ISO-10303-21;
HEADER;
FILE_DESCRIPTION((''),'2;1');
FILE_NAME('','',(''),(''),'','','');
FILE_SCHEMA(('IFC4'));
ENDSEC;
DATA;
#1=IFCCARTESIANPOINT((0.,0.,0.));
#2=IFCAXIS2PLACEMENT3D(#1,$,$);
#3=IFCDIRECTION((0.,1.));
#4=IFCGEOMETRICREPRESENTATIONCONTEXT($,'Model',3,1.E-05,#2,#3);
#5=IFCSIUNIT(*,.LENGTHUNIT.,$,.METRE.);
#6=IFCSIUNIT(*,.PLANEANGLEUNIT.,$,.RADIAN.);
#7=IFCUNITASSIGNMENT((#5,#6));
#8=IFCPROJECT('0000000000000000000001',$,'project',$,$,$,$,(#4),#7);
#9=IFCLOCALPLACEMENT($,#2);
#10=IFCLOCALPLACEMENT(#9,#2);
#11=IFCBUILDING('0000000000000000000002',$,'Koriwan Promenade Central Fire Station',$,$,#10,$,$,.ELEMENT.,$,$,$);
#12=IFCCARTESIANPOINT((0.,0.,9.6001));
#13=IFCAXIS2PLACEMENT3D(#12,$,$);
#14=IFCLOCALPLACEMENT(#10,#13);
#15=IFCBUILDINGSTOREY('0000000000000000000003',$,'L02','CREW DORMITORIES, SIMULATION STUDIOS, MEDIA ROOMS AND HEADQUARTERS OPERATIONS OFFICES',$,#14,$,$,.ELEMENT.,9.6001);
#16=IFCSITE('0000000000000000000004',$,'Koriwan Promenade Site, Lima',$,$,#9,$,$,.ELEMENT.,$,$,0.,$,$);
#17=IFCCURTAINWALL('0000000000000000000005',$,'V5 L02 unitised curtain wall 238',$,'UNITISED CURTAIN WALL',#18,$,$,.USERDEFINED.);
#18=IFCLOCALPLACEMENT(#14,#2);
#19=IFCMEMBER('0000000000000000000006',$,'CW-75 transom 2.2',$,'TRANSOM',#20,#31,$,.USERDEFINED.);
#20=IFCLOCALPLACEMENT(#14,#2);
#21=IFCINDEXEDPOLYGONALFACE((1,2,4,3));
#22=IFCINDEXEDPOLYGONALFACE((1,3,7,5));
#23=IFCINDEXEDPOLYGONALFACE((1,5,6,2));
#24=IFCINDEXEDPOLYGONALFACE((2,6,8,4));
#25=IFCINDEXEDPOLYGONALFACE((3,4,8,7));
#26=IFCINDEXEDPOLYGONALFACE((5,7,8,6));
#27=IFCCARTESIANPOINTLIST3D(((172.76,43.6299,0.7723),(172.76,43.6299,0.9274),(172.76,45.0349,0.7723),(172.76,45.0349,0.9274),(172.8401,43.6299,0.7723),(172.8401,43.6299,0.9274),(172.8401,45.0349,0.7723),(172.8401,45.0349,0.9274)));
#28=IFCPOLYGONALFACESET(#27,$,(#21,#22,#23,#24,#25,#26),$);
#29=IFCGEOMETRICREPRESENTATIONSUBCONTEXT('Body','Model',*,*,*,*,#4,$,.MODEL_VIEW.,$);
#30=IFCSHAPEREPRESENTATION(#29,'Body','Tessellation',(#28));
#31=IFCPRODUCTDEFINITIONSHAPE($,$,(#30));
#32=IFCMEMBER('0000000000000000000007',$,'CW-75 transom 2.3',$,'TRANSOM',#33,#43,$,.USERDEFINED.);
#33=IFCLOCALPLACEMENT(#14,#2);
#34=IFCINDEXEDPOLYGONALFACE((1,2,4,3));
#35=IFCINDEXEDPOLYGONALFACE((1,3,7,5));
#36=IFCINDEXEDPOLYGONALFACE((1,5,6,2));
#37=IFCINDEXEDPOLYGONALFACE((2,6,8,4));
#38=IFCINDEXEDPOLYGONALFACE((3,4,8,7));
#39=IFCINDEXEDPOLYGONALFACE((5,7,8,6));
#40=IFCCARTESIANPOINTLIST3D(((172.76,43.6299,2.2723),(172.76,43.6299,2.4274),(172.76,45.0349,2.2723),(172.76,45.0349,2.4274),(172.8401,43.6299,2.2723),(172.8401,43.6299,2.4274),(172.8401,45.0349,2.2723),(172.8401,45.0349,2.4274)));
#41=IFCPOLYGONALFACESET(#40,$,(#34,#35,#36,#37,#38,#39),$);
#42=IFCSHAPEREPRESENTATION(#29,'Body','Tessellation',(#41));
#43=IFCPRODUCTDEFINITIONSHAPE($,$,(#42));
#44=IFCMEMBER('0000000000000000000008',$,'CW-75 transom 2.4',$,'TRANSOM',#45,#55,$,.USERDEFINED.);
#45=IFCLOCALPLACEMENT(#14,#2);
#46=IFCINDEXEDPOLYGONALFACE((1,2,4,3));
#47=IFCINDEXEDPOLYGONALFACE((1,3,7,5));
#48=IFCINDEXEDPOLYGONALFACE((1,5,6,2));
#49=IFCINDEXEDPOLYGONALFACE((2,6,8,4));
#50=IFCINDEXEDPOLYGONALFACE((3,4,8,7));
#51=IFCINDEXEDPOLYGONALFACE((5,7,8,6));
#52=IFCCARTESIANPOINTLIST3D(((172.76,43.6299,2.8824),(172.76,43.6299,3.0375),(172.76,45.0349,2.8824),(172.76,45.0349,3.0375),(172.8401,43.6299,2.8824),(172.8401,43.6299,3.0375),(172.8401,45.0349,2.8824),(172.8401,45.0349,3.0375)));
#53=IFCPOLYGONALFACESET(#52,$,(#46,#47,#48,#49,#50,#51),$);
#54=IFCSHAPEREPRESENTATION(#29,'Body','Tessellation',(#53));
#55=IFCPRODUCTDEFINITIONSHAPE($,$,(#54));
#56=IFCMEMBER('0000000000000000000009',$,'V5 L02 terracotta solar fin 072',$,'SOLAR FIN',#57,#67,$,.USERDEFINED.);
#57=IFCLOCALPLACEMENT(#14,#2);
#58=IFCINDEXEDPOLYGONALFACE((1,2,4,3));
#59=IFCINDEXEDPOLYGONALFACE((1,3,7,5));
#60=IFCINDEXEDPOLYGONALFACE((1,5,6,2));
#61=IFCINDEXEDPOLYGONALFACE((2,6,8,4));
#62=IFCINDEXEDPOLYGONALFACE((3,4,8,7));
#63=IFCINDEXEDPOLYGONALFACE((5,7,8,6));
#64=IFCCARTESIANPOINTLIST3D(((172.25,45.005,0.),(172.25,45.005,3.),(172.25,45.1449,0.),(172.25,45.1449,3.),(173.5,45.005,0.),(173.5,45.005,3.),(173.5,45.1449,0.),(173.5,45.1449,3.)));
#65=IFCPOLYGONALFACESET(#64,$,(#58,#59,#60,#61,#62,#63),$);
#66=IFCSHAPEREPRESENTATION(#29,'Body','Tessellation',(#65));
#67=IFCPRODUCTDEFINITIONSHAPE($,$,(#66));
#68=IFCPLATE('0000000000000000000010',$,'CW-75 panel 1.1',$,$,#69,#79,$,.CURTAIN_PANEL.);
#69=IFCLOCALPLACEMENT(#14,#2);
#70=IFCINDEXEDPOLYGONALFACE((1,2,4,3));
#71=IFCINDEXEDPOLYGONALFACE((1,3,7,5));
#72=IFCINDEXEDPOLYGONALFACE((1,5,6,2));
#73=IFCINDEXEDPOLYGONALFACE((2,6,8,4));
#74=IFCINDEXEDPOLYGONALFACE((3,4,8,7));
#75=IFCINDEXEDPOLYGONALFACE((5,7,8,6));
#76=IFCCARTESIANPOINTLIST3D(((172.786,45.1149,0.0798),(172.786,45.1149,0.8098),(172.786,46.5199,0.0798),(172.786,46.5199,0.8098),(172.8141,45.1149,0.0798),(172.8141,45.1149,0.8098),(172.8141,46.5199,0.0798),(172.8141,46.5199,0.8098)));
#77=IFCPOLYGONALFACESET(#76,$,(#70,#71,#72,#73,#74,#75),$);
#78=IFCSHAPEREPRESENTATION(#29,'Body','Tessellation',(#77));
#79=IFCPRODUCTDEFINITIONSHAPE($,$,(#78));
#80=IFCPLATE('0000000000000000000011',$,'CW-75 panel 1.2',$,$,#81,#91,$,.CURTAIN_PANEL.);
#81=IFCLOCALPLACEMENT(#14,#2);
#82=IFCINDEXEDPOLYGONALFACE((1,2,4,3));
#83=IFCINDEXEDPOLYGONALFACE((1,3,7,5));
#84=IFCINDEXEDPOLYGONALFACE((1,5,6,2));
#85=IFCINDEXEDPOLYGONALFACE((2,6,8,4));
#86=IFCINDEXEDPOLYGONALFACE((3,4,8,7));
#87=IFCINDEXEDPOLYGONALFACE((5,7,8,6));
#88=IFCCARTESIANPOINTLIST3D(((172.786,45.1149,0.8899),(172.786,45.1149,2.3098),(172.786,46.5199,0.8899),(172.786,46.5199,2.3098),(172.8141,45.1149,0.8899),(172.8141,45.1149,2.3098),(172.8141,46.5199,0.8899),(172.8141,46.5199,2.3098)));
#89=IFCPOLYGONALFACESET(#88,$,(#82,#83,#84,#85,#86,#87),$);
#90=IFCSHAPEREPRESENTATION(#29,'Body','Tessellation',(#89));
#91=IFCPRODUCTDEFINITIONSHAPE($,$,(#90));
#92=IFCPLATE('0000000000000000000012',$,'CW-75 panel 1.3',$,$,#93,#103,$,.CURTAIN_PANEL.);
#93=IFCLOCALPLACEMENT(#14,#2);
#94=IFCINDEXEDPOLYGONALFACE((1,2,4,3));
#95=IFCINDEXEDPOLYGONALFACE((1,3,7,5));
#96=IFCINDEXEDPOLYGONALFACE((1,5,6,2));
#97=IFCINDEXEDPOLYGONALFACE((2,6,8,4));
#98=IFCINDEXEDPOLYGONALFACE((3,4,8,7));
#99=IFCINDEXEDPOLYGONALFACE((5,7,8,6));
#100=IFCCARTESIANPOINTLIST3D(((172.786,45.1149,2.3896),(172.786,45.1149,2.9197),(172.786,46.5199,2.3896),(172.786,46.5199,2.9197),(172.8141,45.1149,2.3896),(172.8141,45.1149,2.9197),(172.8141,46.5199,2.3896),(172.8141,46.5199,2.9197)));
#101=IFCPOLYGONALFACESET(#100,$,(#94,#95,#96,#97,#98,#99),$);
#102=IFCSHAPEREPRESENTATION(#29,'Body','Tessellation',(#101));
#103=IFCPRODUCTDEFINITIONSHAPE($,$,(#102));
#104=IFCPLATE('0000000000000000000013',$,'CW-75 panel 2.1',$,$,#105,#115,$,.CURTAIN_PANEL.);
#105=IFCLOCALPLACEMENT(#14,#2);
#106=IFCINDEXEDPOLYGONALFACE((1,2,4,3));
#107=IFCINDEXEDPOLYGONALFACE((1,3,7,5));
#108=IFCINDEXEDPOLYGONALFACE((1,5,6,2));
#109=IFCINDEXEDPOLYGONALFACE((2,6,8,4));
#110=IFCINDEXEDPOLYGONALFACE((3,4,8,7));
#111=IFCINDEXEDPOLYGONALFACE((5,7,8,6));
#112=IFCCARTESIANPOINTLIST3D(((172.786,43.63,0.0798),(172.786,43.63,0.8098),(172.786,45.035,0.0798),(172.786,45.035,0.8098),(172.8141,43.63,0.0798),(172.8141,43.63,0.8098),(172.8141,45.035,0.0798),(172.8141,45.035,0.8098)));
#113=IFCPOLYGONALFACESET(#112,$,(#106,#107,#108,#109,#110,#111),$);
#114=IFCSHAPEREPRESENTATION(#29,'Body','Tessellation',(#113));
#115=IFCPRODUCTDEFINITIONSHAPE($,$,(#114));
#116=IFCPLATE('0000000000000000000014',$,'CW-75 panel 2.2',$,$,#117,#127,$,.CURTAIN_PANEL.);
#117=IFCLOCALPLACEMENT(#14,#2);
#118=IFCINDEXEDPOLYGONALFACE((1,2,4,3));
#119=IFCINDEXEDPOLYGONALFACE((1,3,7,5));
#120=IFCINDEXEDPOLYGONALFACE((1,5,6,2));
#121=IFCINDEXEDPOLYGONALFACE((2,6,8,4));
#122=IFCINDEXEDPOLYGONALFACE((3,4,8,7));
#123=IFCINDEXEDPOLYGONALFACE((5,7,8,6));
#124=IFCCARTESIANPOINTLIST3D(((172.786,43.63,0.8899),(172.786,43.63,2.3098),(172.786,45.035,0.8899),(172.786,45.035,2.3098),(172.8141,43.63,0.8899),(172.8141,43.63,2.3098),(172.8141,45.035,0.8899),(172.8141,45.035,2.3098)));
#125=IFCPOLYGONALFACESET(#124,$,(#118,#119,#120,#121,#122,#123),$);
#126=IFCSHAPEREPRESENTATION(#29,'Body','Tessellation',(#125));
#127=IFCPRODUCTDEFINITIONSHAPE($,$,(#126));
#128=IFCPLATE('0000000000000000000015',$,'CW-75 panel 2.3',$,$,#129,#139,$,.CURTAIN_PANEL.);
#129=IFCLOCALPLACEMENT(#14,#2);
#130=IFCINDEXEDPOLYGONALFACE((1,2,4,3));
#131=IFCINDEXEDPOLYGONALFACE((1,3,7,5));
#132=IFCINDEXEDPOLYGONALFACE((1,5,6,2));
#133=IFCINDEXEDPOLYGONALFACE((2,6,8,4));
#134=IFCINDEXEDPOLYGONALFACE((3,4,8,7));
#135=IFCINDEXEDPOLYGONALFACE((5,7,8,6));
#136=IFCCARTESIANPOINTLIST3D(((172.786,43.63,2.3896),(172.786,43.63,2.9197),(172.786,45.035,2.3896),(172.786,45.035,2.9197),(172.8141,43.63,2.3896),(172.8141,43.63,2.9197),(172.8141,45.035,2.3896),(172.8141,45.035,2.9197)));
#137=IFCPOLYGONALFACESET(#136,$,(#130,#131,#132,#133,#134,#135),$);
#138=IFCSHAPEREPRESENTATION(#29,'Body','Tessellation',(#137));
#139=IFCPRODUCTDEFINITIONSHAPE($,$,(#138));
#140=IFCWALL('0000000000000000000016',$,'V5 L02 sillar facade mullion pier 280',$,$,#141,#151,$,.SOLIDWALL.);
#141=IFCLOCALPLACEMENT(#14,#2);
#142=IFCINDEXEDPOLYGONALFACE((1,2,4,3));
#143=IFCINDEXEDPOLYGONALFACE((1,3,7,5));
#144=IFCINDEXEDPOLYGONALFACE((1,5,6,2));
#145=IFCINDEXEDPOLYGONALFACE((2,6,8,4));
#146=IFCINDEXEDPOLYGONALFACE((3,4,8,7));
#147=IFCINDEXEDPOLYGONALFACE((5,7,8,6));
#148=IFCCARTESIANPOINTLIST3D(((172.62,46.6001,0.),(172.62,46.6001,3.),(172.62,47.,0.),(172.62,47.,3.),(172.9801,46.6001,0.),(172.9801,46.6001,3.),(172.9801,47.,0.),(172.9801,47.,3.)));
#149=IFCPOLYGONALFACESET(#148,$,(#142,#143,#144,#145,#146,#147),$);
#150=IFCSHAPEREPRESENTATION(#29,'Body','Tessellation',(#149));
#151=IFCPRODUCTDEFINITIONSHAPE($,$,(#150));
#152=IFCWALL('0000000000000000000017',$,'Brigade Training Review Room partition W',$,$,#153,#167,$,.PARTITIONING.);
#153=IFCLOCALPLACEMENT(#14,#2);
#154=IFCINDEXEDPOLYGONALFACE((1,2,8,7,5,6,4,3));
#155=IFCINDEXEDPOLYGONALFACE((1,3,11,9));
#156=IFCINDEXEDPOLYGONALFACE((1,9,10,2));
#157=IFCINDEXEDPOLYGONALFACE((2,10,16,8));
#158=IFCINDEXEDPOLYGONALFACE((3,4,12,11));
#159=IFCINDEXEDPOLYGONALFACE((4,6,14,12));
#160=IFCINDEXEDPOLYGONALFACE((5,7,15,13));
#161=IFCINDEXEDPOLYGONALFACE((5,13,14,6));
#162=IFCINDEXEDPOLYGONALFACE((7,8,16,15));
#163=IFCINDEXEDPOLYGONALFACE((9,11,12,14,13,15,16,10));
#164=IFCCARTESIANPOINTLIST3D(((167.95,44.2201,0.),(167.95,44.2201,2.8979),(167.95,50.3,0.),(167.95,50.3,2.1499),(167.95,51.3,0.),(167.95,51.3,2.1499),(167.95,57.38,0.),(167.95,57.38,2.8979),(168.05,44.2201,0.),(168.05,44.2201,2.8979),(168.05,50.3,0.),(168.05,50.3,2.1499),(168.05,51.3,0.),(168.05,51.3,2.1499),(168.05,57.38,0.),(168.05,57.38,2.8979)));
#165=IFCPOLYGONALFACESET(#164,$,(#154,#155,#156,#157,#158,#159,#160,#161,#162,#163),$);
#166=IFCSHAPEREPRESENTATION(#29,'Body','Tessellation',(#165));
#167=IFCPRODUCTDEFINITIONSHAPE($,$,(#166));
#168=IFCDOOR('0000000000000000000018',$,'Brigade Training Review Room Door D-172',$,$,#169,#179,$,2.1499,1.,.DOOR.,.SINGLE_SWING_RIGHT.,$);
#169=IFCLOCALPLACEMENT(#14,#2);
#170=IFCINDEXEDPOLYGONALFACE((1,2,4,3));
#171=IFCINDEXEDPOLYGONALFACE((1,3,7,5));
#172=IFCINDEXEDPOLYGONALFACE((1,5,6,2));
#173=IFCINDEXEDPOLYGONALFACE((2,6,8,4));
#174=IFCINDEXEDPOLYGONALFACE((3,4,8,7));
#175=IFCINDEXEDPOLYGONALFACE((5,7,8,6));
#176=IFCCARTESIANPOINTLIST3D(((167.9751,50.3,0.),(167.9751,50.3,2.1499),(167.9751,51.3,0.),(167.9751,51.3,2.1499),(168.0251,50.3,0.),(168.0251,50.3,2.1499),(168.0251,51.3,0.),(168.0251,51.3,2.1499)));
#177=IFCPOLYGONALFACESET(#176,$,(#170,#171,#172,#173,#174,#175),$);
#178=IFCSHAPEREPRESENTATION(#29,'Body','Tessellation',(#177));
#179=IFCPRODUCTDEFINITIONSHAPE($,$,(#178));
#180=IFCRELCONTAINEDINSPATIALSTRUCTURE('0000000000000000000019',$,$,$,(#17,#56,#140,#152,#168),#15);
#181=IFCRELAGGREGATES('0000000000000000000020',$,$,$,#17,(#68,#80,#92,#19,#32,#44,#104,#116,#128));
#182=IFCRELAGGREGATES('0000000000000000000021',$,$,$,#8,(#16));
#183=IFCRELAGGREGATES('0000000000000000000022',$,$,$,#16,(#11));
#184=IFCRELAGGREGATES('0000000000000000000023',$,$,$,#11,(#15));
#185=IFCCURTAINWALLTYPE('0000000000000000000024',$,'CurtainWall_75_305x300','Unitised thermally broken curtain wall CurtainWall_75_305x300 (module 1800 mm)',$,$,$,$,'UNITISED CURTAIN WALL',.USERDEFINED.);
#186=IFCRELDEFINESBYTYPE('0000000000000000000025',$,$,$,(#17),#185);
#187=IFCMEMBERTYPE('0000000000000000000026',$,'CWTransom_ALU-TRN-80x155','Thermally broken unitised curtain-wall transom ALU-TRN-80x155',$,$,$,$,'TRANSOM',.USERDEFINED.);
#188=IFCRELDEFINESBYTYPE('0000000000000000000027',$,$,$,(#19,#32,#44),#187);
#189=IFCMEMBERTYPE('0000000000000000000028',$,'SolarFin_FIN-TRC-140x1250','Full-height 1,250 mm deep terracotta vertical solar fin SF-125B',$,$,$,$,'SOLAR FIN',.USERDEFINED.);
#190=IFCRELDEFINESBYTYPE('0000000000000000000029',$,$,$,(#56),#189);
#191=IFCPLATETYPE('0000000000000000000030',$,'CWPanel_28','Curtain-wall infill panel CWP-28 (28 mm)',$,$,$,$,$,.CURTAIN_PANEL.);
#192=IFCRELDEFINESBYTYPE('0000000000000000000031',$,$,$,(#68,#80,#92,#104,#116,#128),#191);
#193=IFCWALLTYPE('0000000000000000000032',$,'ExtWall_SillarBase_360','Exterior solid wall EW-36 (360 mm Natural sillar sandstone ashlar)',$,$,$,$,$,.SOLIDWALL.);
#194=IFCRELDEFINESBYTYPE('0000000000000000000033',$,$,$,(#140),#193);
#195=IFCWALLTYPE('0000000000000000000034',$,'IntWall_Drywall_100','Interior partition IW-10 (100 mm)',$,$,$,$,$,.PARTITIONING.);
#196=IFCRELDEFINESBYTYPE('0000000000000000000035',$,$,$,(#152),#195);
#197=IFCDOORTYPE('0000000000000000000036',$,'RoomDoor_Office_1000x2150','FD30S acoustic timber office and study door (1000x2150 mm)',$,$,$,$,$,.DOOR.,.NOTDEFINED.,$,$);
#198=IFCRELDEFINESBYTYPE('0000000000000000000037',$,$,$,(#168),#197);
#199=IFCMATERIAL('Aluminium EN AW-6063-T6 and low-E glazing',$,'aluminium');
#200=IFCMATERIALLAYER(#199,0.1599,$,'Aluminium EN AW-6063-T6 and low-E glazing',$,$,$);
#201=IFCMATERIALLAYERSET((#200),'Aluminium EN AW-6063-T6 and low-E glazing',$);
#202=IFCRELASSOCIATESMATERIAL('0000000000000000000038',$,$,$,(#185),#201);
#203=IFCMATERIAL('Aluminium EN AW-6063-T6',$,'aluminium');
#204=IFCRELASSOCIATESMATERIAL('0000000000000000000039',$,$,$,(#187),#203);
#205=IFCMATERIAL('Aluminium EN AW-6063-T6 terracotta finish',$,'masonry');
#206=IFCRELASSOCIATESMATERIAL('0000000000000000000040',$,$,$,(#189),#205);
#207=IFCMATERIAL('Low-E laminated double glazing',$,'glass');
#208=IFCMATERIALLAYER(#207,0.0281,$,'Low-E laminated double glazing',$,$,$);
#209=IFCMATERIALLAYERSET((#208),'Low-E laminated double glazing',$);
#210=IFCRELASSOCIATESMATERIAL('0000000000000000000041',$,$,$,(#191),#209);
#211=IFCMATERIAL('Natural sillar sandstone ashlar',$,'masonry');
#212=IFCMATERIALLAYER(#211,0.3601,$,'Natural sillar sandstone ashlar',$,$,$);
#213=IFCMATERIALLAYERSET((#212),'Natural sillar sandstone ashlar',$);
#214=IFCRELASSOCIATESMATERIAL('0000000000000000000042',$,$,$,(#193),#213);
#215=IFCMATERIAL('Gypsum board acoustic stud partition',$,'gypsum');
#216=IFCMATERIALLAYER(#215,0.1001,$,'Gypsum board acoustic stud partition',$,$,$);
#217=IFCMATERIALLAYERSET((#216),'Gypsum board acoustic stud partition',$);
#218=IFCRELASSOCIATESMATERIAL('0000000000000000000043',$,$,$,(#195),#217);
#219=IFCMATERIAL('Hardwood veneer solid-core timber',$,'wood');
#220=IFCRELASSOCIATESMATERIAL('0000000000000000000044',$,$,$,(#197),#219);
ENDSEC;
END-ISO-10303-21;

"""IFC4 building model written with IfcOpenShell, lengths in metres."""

from ifc_helpers import new_model, si_unit, direction, frame, frame_2d, origin, origin_2d, place, context, subcontext, project, spatial, rectangle, extrude, material, layer, layer_set, material_profile, profile_set, type_object, element, fill, aggregate, save


model = new_model("IFC4")

# Units and contexts
model_context = context("Model", 3, precision=1e-05, world=origin(), true_north=direction((0.0, 1.0)))
body_context = subcontext(model_context, "Body", "Model", "MODEL_VIEW")
ifc_project = project(units=[si_unit("LENGTHUNIT", "METRE"), si_unit("PLANEANGLEUNIT", "RADIAN")], contexts=[model_context])

# Site, building, storey
site_placement = place(None, origin())
site = spatial("IfcSite", under=ifc_project, at=site_placement, Name="Koriwan Promenade Site, Lima", CompositionType="ELEMENT", RefElevation=0.0)
building_placement = place(site_placement, origin())
building = spatial("IfcBuilding", under=site, at=building_placement, Name="Koriwan Promenade Central Fire Station", CompositionType="ELEMENT")
storey_placement = place(building_placement, frame((0.0, 0.0, 9.6001)))
storey = spatial("IfcBuildingStorey", under=building, at=storey_placement, Name="L02", Description="CREW DORMITORIES, SIMULATION STUDIOS, MEDIA ROOMS AND HEADQUARTERS OPERATIONS OFFICES", CompositionType="ELEMENT", Elevation=9.6001)

# Shared definitions
ifc_material_1 = material(Name="Aluminium EN AW-6063-T6 and low-E glazing", Category="aluminium")
ifc_material_2 = material(Name="Aluminium EN AW-6063-T6", Category="aluminium")

# Curtain wall, members
ifc_layer_1 = layer(ifc_material_1, 0.1599, Name="Aluminium EN AW-6063-T6 and low-E glazing")
ifc_layer_set_1 = layer_set([ifc_layer_1], Name="Aluminium EN AW-6063-T6 and low-E glazing")
curtain_wall_type_1 = type_object("IfcCurtainWallType", Name="CurtainWall_75_305x300", Description="Unitised thermally broken curtain wall CurtainWall_75_305x300 (module 1800 mm)", ElementType="UNITISED CURTAIN WALL", PredefinedType="USERDEFINED", material=ifc_layer_set_1)
curtain_wall_1_placement = place(storey_placement, origin())
curtain_wall_1 = element("IfcCurtainWall", 1, at=curtain_wall_1_placement, inside=storey, type_object=curtain_wall_type_1, Name="V5 L02 unitised curtain wall 238", ObjectType="UNITISED CURTAIN WALL", PredefinedType="USERDEFINED")
ifc_material_profile_1 = material_profile(ifc_material_2, rectangle(XDim=0.0801, YDim=0.155, at=origin_2d()), Name="ALU-TRN-80x155")
ifc_profile_set_1 = profile_set([ifc_material_profile_1], Name="Aluminium EN AW-6063-T6")
member_type_1 = type_object("IfcMemberType", Name="CWTransom_ALU-TRN-80x155", Description="Thermally broken unitised curtain-wall transom ALU-TRN-80x155", ElementType="TRANSOM", PredefinedType="USERDEFINED", material=ifc_profile_set_1)
member_1_placement = place(storey_placement, frame((172.8, 45.0349, 0.8499), z_axis=(0.0, -1.0, 0.0), x_axis=(1.0, 0.0, 0.0)))
member_1 = element("IfcMember", 2, at=member_1_placement, type_object=member_type_1, Name="CW-75 transom 2.2", ObjectType="TRANSOM", PredefinedType="USERDEFINED", context=body_context, shape_type="SweptSolid", body=[
    extrude(rectangle(XDim=0.0801, YDim=0.155, at=origin_2d()), origin(), (0.0, 0.0, 1.0), 1.405),
])
member_2_placement = place(storey_placement, frame((172.8, 45.0349, 2.3499), z_axis=(0.0, -1.0, 0.0), x_axis=(1.0, 0.0, 0.0)))
member_2 = element("IfcMember", 3, at=member_2_placement, type_object=member_type_1, Name="CW-75 transom 2.3", ObjectType="TRANSOM", PredefinedType="USERDEFINED", context=body_context, shape_type="SweptSolid", body=[
    extrude(rectangle(XDim=0.0801, YDim=0.155, at=origin_2d()), origin(), (0.0, 0.0, 1.0), 1.405),
])
member_3_placement = place(storey_placement, frame((172.8, 45.0349, 2.96), z_axis=(0.0, -1.0, 0.0), x_axis=(1.0, 0.0, 0.0)))
member_3 = element("IfcMember", 4, at=member_3_placement, type_object=member_type_1, Name="CW-75 transom 2.4", ObjectType="TRANSOM", PredefinedType="USERDEFINED", context=body_context, shape_type="SweptSolid", body=[
    extrude(rectangle(XDim=0.0801, YDim=0.155, at=origin_2d()), origin(), (0.0, 0.0, 1.0), 1.405),
])

# Member
ifc_material_3 = material(Name="Aluminium EN AW-6063-T6 terracotta finish", Category="masonry")
ifc_material_profile_2 = material_profile(ifc_material_3, rectangle(XDim=0.1399, YDim=1.25, at=origin_2d()), Name="FIN-TRC-140x1250")
ifc_profile_set_2 = profile_set([ifc_material_profile_2], Name="Aluminium EN AW-6063-T6 terracotta finish")
member_type_2 = type_object("IfcMemberType", Name="SolarFin_FIN-TRC-140x1250", Description="Full-height 1,250 mm deep terracotta vertical solar fin SF-125B", ElementType="SOLAR FIN", PredefinedType="USERDEFINED", material=ifc_profile_set_2)
member_4_placement = place(storey_placement, frame((172.875, 45.075, 0.0), z_axis=(0.0, 0.0, 1.0), x_axis=(0.0, -1.0, 0.0)))
element("IfcMember", 5, at=member_4_placement, inside=storey, type_object=member_type_2, Name="V5 L02 terracotta solar fin 072", ObjectType="SOLAR FIN", PredefinedType="USERDEFINED", context=body_context, shape_type="SweptSolid", body=[
    extrude(rectangle(XDim=0.1399, YDim=1.25, at=origin_2d()), origin(), (0.0, 0.0, 1.0), 3.0),
])

# Plates
ifc_material_4 = material(Name="Low-E laminated double glazing", Category="glass")
ifc_layer_2 = layer(ifc_material_4, 0.0281, Name="Low-E laminated double glazing")
ifc_layer_set_2 = layer_set([ifc_layer_2], Name="Low-E laminated double glazing")
plate_type = type_object("IfcPlateType", Name="CWPanel_28", Description="Curtain-wall infill panel CWP-28 (28 mm)", PredefinedType="CURTAIN_PANEL", material=ifc_layer_set_2)
plate_1_placement = place(storey_placement, frame((172.8, 45.8174, 0.0798), z_axis=(0.0, 0.0, 1.0), x_axis=(0.0, -1.0, 0.0)))
plate_1 = element("IfcPlate", 6, at=plate_1_placement, type_object=plate_type, Name="CW-75 panel 1.1", PredefinedType="CURTAIN_PANEL", context=body_context, shape_type="SweptSolid", body=[
    extrude(rectangle(XDim=1.405, YDim=0.0281, at=origin_2d()), origin(), (0.0, 0.0, 1.0), 0.73),
])
plate_2_placement = place(storey_placement, frame((172.8, 45.8174, 0.8899), z_axis=(0.0, 0.0, 1.0), x_axis=(0.0, -1.0, 0.0)))
plate_2 = element("IfcPlate", 7, at=plate_2_placement, type_object=plate_type, Name="CW-75 panel 1.2", PredefinedType="CURTAIN_PANEL", context=body_context, shape_type="SweptSolid", body=[
    extrude(rectangle(XDim=1.405, YDim=0.0281, at=origin_2d()), origin(), (0.0, 0.0, 1.0), 1.4199),
])
plate_3_placement = place(storey_placement, frame((172.8, 45.8174, 2.3896), z_axis=(0.0, 0.0, 1.0), x_axis=(0.0, -1.0, 0.0)))
plate_3 = element("IfcPlate", 8, at=plate_3_placement, type_object=plate_type, Name="CW-75 panel 1.3", PredefinedType="CURTAIN_PANEL", context=body_context, shape_type="SweptSolid", body=[
    extrude(rectangle(XDim=1.405, YDim=0.0281, at=origin_2d()), origin(), (0.0, 0.0, 1.0), 0.53),
])
plate_4_placement = place(storey_placement, frame((172.8, 44.3325, 0.0798), z_axis=(0.0, 0.0, 1.0), x_axis=(0.0, -1.0, 0.0)))
plate_4 = element("IfcPlate", 9, at=plate_4_placement, type_object=plate_type, Name="CW-75 panel 2.1", PredefinedType="CURTAIN_PANEL", context=body_context, shape_type="SweptSolid", body=[
    extrude(rectangle(XDim=1.405, YDim=0.0281, at=origin_2d()), origin(), (0.0, 0.0, 1.0), 0.73),
])
plate_5_placement = place(storey_placement, frame((172.8, 44.3325, 0.8899), z_axis=(0.0, 0.0, 1.0), x_axis=(0.0, -1.0, 0.0)))
plate_5 = element("IfcPlate", 10, at=plate_5_placement, type_object=plate_type, Name="CW-75 panel 2.2", PredefinedType="CURTAIN_PANEL", context=body_context, shape_type="SweptSolid", body=[
    extrude(rectangle(XDim=1.405, YDim=0.0281, at=origin_2d()), origin(), (0.0, 0.0, 1.0), 1.4199),
])
plate_6_placement = place(storey_placement, frame((172.8, 44.3325, 2.3896), z_axis=(0.0, 0.0, 1.0), x_axis=(0.0, -1.0, 0.0)))
plate_6 = element("IfcPlate", 11, at=plate_6_placement, type_object=plate_type, Name="CW-75 panel 2.3", PredefinedType="CURTAIN_PANEL", context=body_context, shape_type="SweptSolid", body=[
    extrude(rectangle(XDim=1.405, YDim=0.0281, at=origin_2d()), origin(), (0.0, 0.0, 1.0), 0.53),
])
aggregate(curtain_wall_1, [plate_1, plate_2, plate_3, member_1, member_2, member_3, plate_4, plate_5, plate_6])

# Wall
ifc_material_5 = material(Name="Natural sillar sandstone ashlar", Category="masonry")
ifc_layer_3 = layer(ifc_material_5, 0.3601, Name="Natural sillar sandstone ashlar")
ifc_layer_set_3 = layer_set([ifc_layer_3], Name="Natural sillar sandstone ashlar")
wall_type_1 = type_object("IfcWallType", Name="ExtWall_SillarBase_360", Description="Exterior solid wall EW-36 (360 mm Natural sillar sandstone ashlar)", PredefinedType="SOLIDWALL", material=ifc_layer_set_3)
wall_1_placement = place(storey_placement, frame((172.8, 47.0, 0.0), z_axis=(0.0, 0.0, 1.0), x_axis=(0.0, -1.0, 0.0)))
element("IfcWall", 12, at=wall_1_placement, inside=storey, type_object=wall_type_1, Name="V5 L02 sillar facade mullion pier 280", PredefinedType="SOLIDWALL", context=body_context, shape_type="SweptSolid", body=[
    extrude(rectangle(XDim=0.3999, YDim=0.3601, at=frame_2d((0.2, 0.0))), origin(), (0.0, 0.0, 1.0), 3.0),
])

# Wall, opening, door
ifc_material_6 = material(Name="Gypsum board acoustic stud partition", Category="gypsum")
ifc_layer_4 = layer(ifc_material_6, 0.1001, Name="Gypsum board acoustic stud partition")
ifc_layer_set_4 = layer_set([ifc_layer_4], Name="Gypsum board acoustic stud partition")
wall_type_2 = type_object("IfcWallType", Name="IntWall_Drywall_100", Description="Interior partition IW-10 (100 mm)", PredefinedType="PARTITIONING", material=ifc_layer_set_4)
wall_2_placement = place(storey_placement, frame((168.0, 44.22, 0.0), z_axis=(0.0, 0.0, 1.0), x_axis=(0.0, 1.0, 0.0)))
wall_2 = element("IfcWall", 13, at=wall_2_placement, inside=storey, type_object=wall_type_2, Name="Brigade Training Review Room partition W", PredefinedType="PARTITIONING", context=body_context, shape_type="SweptSolid", body=[
    extrude(rectangle(XDim=13.1599, YDim=0.1001, at=frame_2d((6.5801, 0.0))), origin(), (0.0, 0.0, 1.0), 2.8979),
])
opening_placement = place(wall_2_placement, frame((6.0801, 0.0, 0.0)))
opening = element("IfcOpeningElement", 14, at=opening_placement, cuts=wall_2, PredefinedType="OPENING", context=body_context, shape_type="SweptSolid", body=[
    extrude(rectangle(XDim=1.0, YDim=2.1499, at=frame_2d((0.5, 1.075))), frame((0.0, 0.062, 0.0), z_axis=(0.0, -1.0, 0.0), x_axis=(1.0, 0.0, 0.0)), (0.0, 0.0, 1.0), 0.124),
])
ifc_material_7 = material(Name="Hardwood veneer solid-core timber", Category="wood")
door_type = type_object("IfcDoorType", Name="RoomDoor_Office_1000x2150", Description="FD30S acoustic timber office and study door (1000x2150 mm)", OperationType="NOTDEFINED", PredefinedType="DOOR", material=ifc_material_7)
door_placement = place(opening_placement, origin())
door = element("IfcDoor", 15, at=door_placement, inside=storey, type_object=door_type, Name="Brigade Training Review Room Door D-172", OperationType="SINGLE_SWING_RIGHT", OverallHeight=2.1499, OverallWidth=1.0, PredefinedType="DOOR", context=body_context, shape_type="SweptSolid", body=[
    extrude(rectangle(XDim=1.0, YDim=2.1499, at=frame_2d((0.5, 1.075))), frame((0.0, 0.0249, 0.0), z_axis=(0.0, -1.0, 0.0), x_axis=(1.0, 0.0, 0.0)), (0.0, 0.0, 1.0), 0.05),
])
fill(opening, door)

save(model, "model.ifc")
